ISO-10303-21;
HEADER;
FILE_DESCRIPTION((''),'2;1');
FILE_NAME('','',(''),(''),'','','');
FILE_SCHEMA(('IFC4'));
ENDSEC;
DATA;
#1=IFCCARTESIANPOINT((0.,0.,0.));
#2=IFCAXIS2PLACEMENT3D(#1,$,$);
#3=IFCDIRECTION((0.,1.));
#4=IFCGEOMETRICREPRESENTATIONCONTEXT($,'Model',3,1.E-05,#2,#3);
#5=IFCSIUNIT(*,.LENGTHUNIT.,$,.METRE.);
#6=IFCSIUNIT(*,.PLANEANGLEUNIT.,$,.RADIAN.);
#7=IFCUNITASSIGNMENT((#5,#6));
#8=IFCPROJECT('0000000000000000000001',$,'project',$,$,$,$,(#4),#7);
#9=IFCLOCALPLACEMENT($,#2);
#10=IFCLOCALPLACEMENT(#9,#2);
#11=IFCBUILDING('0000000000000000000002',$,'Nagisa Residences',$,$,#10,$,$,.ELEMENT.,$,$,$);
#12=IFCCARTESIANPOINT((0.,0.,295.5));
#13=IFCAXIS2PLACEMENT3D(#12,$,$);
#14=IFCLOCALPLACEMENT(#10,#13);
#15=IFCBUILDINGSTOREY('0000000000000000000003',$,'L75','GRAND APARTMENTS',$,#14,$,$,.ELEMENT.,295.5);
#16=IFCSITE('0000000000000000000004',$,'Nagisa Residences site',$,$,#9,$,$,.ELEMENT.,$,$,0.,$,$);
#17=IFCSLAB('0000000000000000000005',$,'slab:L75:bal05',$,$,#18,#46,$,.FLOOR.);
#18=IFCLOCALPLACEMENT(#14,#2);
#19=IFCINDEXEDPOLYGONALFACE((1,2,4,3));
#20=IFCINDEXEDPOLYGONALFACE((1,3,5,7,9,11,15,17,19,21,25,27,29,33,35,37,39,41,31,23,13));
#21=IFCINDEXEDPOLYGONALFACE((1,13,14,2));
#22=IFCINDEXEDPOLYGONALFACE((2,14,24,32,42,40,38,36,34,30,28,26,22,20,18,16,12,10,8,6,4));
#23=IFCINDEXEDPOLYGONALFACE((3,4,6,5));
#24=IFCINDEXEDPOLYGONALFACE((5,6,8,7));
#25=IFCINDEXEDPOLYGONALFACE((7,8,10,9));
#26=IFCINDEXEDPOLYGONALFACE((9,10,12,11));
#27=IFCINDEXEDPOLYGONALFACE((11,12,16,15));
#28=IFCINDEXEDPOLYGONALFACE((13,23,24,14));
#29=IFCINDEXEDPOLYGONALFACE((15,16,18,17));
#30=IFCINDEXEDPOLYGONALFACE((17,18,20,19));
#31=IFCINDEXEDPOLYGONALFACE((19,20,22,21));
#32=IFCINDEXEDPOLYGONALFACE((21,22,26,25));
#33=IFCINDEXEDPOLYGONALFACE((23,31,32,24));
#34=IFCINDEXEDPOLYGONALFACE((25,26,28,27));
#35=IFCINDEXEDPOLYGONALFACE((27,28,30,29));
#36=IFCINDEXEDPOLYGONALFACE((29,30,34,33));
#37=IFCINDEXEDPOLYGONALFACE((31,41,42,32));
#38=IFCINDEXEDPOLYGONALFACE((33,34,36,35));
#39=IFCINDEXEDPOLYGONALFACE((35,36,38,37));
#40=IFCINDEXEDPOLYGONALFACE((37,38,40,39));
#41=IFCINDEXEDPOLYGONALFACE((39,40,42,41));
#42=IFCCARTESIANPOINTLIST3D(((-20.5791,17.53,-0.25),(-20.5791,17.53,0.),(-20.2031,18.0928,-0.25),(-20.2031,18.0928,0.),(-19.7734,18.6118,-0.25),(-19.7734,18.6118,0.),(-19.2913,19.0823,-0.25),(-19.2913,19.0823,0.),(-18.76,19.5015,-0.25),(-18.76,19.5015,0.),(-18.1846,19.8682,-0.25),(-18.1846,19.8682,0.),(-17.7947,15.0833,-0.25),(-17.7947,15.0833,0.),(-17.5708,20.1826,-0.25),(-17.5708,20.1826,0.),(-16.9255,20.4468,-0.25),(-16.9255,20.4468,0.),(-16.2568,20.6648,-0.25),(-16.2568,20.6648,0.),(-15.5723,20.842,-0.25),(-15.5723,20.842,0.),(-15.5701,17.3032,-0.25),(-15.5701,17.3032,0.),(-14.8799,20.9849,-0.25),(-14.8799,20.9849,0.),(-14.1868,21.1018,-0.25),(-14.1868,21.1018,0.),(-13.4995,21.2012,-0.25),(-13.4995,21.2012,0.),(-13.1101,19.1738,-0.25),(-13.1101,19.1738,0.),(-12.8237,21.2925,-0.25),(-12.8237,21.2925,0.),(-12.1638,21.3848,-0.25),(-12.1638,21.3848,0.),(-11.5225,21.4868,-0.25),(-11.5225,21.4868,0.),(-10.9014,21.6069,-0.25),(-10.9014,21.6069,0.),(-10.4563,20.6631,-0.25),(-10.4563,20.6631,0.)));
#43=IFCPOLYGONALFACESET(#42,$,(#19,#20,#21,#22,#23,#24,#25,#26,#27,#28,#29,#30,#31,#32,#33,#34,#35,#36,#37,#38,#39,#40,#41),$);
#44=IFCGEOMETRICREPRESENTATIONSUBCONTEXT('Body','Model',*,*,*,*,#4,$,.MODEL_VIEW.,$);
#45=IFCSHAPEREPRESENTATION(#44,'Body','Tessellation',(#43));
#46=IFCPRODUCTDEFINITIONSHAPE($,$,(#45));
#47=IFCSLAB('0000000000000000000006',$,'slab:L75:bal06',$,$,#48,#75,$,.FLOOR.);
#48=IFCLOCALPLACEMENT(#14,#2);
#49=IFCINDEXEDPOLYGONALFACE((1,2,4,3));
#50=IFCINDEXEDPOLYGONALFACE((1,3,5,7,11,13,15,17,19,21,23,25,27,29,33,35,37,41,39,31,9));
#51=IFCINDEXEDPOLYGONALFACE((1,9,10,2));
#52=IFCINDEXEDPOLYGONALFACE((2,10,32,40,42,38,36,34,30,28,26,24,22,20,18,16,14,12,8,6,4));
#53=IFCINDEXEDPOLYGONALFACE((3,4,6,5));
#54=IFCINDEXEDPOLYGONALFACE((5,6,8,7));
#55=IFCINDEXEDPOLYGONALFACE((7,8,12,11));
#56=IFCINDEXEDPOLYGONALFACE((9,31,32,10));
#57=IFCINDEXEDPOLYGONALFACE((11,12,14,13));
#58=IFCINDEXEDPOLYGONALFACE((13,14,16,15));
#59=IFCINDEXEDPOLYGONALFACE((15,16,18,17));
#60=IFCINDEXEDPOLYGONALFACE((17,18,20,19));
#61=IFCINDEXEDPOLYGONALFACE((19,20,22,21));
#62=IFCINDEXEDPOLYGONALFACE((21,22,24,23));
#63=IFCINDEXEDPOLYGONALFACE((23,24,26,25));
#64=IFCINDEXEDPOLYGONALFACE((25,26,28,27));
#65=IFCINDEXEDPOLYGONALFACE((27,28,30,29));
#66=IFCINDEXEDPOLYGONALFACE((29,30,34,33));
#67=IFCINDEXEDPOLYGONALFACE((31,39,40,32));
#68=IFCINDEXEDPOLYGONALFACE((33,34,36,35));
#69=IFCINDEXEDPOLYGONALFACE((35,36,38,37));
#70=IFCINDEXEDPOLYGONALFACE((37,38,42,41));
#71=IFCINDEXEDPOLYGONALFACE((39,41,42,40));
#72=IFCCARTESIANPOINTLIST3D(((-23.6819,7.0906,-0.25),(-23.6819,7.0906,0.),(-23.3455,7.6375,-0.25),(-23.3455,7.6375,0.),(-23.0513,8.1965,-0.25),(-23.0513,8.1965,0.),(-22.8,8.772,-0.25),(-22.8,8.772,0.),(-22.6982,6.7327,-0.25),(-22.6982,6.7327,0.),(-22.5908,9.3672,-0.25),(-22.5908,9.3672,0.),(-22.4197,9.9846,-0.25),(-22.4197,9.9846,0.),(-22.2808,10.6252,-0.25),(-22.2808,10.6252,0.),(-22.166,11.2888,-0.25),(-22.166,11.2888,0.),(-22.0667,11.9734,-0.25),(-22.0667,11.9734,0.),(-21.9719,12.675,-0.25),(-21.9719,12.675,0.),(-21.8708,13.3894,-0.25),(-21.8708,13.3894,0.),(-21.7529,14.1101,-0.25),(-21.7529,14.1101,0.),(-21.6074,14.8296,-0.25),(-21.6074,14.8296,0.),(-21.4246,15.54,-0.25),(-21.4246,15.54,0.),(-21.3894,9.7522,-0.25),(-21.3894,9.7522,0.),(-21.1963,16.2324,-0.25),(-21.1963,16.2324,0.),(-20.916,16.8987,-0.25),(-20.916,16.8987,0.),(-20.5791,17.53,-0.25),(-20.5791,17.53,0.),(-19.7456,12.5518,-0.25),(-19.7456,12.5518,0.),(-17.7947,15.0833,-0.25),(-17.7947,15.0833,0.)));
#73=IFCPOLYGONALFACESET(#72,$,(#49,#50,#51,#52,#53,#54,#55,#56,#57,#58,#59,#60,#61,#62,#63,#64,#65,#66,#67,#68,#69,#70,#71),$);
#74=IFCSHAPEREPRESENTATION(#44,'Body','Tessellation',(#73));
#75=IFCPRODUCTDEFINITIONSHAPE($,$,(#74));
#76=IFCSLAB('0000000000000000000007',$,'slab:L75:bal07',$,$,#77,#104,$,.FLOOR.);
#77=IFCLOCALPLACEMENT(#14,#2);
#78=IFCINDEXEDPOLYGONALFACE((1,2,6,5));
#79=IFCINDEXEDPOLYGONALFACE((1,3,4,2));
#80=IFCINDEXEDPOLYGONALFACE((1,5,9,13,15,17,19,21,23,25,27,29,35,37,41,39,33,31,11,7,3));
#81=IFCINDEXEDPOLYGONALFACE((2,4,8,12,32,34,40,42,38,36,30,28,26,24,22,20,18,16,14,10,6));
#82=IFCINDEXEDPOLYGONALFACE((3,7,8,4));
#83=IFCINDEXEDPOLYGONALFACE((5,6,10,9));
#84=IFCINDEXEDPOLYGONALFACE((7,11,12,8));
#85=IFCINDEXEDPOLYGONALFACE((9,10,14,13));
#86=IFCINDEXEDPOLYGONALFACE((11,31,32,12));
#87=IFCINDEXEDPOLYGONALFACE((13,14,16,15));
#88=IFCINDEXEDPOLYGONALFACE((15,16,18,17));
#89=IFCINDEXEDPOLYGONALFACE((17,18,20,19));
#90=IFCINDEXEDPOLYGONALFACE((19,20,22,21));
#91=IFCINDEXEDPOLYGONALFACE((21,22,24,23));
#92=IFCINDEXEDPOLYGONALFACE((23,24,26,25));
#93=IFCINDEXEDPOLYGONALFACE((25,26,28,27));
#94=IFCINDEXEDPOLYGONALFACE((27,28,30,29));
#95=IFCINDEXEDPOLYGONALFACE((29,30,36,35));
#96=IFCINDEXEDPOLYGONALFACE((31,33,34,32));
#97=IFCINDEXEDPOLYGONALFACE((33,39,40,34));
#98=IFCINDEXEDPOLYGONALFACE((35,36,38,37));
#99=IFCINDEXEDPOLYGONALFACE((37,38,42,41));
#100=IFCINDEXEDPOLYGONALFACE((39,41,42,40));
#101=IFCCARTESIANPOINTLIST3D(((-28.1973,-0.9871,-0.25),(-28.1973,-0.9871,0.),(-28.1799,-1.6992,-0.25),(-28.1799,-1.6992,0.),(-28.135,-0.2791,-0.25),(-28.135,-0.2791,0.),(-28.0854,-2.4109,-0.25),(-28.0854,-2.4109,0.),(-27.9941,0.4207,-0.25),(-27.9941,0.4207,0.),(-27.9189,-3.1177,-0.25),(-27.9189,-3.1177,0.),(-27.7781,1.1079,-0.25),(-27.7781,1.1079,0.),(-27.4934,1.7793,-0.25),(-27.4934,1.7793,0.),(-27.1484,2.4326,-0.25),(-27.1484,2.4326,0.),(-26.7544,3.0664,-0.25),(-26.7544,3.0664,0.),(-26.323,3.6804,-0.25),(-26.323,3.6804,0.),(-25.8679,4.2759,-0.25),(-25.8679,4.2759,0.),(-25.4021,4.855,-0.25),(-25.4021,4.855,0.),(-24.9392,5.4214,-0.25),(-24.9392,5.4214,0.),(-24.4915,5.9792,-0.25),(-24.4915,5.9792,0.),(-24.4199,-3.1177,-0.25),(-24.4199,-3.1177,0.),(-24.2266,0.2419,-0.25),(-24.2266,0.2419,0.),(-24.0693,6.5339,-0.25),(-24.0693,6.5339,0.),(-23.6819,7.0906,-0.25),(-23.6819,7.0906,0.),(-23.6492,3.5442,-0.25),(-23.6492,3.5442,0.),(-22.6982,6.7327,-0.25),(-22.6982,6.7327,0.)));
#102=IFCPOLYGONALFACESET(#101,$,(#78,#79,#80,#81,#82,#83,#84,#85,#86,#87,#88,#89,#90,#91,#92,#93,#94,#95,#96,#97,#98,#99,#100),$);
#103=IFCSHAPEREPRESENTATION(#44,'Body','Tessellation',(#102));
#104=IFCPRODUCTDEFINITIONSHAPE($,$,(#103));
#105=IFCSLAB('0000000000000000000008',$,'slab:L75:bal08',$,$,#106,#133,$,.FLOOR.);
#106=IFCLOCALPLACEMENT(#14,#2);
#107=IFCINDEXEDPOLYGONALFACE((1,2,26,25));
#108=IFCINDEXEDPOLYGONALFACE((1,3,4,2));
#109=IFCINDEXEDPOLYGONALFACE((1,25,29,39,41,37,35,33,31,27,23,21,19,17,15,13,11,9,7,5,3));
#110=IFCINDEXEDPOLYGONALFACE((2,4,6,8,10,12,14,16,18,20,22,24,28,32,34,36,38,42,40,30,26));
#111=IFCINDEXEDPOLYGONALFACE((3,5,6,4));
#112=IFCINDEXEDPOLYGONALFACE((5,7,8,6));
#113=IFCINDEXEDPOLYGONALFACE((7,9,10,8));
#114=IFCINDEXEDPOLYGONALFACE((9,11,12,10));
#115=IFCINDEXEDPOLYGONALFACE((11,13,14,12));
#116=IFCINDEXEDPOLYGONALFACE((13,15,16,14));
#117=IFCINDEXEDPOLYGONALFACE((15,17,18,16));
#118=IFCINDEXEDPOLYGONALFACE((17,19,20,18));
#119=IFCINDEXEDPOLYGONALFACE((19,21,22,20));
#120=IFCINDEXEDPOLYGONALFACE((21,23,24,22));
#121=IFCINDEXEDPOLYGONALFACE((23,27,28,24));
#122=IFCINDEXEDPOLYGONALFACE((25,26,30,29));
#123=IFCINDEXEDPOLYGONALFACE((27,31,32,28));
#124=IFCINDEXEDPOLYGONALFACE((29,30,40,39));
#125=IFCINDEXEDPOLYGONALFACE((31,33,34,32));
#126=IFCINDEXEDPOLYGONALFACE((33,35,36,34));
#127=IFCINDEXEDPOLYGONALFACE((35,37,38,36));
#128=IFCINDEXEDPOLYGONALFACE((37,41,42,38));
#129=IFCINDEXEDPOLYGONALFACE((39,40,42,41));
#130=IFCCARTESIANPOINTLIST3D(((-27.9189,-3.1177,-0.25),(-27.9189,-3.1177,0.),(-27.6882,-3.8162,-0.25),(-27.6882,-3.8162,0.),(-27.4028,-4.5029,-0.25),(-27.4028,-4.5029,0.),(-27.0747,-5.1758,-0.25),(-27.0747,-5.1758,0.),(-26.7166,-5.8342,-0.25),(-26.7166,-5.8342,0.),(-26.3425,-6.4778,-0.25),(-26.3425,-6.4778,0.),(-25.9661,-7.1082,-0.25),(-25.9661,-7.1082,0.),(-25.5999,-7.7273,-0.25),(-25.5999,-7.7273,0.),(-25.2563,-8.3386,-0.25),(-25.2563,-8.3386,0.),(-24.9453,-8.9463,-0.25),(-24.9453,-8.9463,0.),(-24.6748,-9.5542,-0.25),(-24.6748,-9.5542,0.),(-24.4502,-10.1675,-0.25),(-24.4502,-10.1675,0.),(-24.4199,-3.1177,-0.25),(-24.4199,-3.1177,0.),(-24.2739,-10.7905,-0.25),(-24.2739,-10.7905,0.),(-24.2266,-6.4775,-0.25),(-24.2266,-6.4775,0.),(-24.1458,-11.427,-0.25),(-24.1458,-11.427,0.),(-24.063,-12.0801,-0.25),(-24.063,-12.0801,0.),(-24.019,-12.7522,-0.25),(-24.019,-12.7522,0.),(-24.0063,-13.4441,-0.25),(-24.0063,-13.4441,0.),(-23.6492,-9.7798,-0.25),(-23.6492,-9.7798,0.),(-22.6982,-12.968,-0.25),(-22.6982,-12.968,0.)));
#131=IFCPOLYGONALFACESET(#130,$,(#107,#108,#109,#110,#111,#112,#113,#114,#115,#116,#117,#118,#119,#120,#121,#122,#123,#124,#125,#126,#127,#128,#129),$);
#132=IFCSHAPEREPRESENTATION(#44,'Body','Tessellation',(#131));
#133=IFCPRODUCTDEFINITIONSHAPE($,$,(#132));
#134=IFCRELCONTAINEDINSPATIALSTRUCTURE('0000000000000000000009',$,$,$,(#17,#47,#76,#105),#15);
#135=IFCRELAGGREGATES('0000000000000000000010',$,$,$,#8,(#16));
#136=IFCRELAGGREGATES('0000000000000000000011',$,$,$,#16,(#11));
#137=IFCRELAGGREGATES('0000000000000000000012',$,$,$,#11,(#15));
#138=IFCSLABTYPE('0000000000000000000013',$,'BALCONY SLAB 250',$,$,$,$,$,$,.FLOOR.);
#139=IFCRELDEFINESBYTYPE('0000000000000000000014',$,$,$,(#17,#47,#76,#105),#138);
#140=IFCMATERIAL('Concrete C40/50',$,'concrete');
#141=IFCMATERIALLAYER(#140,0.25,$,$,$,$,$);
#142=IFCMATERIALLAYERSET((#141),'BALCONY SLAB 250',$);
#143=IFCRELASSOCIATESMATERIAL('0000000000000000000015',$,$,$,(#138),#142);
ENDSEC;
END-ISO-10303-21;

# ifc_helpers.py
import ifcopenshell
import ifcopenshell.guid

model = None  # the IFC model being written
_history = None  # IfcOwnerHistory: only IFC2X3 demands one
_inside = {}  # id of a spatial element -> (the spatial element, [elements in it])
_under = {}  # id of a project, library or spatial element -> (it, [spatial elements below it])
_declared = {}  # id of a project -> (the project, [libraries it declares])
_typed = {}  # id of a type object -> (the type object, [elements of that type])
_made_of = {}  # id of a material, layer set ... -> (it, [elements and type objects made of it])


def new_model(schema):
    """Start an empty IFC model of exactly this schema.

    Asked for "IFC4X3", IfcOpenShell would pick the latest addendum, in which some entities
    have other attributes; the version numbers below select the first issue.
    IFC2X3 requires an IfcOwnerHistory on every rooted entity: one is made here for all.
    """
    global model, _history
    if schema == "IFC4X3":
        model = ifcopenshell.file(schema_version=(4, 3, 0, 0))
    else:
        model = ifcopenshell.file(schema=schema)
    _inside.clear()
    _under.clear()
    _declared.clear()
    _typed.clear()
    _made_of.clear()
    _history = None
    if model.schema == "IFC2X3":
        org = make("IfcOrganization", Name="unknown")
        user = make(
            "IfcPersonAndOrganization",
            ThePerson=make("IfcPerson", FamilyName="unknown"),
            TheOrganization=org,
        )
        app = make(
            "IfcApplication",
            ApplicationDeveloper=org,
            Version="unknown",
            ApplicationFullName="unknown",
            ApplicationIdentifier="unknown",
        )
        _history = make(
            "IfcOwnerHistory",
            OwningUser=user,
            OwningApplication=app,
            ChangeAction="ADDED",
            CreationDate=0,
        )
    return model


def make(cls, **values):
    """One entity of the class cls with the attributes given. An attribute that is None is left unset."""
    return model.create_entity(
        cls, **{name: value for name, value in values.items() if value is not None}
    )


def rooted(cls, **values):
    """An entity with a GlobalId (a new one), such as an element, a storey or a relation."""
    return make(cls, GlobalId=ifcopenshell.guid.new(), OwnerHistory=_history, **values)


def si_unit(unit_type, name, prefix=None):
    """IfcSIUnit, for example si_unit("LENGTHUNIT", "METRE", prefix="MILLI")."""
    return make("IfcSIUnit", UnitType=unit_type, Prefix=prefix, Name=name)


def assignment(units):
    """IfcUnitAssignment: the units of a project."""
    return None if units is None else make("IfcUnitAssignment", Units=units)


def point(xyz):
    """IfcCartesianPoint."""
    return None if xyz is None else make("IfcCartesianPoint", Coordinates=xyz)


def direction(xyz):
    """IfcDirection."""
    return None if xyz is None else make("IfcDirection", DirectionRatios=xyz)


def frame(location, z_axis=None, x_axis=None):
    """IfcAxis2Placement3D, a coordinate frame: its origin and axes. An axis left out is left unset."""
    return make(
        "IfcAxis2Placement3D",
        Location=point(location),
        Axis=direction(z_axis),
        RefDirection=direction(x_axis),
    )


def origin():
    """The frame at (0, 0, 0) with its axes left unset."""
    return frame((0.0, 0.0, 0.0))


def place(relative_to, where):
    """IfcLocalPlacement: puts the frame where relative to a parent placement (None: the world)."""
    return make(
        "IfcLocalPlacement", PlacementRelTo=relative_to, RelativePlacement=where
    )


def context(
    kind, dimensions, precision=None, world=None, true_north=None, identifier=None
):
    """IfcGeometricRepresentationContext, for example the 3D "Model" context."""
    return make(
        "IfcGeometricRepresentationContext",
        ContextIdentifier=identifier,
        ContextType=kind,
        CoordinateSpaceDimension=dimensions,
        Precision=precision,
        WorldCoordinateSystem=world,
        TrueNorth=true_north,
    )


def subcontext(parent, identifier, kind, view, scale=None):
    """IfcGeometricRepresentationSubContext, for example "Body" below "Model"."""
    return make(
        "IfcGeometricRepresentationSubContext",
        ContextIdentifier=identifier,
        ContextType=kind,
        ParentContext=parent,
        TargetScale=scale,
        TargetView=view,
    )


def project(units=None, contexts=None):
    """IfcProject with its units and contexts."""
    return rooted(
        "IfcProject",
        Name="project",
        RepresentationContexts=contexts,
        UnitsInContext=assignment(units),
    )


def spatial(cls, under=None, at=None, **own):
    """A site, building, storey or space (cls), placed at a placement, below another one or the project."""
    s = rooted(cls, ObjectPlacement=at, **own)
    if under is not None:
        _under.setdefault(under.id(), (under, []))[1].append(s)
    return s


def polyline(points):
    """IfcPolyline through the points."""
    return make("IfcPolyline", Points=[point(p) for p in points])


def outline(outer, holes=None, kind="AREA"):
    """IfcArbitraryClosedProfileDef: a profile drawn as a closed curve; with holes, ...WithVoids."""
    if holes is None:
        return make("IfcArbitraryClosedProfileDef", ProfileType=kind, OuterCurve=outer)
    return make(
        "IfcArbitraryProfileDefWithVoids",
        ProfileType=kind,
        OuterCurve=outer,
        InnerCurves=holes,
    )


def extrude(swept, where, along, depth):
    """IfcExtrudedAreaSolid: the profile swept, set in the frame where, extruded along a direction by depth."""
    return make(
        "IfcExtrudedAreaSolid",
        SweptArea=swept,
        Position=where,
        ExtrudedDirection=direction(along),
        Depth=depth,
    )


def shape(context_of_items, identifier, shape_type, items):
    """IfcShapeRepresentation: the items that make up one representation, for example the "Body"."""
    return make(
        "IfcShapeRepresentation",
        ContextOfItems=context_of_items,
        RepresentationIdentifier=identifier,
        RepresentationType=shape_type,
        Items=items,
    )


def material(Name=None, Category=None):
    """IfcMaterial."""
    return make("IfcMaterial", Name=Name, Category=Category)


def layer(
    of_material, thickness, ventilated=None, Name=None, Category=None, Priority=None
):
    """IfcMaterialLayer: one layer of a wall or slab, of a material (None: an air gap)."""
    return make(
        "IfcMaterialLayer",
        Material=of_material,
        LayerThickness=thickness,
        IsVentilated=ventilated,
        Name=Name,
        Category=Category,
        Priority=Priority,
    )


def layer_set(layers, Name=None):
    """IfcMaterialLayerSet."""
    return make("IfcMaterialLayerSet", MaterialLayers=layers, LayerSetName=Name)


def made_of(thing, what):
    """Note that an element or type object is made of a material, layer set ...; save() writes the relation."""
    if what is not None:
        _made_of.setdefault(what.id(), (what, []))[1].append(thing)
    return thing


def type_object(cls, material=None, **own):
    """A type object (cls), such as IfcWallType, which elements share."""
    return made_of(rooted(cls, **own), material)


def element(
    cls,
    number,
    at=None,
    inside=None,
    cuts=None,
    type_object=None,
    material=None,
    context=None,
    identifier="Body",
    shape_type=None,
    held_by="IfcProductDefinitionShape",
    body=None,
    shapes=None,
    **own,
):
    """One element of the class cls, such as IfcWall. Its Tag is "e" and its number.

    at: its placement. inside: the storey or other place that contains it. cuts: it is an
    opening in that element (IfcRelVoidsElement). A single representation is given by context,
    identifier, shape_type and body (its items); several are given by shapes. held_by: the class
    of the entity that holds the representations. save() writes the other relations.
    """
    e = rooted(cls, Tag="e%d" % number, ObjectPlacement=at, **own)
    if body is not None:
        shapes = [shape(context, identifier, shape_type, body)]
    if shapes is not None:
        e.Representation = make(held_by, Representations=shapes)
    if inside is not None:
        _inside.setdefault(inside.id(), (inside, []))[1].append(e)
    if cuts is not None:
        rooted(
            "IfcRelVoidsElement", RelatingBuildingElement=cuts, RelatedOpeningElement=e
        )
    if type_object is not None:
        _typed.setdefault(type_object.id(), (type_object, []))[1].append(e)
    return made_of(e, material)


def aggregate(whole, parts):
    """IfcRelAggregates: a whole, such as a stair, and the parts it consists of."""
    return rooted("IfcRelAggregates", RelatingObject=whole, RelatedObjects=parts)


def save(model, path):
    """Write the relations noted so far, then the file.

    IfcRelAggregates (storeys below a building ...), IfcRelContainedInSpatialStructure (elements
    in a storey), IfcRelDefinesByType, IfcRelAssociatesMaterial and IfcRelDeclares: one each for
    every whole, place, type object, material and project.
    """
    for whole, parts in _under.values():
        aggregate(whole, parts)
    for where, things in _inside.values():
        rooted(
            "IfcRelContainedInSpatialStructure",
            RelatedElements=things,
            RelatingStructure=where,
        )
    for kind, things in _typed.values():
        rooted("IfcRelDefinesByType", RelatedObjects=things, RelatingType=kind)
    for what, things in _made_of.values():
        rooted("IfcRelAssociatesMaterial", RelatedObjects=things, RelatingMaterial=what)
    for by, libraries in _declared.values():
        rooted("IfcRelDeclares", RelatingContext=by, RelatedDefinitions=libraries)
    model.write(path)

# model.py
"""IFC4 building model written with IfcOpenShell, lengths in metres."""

from ifc_helpers import new_model, si_unit, direction, frame, origin, place, context, subcontext, project, spatial, polyline, outline, extrude, material, layer, layer_set, type_object, element, save


model = new_model("IFC4")

# Units and contexts
model_context = context("Model", 3, precision=1e-05, world=origin(), true_north=direction((0.0, 1.0)))
body_context = subcontext(model_context, "Body", "Model", "MODEL_VIEW")
ifc_project = project(units=[si_unit("LENGTHUNIT", "METRE"), si_unit("PLANEANGLEUNIT", "RADIAN")], contexts=[model_context])

# Site, building, storey
site_placement = place(None, origin())
site = spatial("IfcSite", under=ifc_project, at=site_placement, Name="Nagisa Residences site", CompositionType="ELEMENT", RefElevation=0.0)
building_placement = place(site_placement, origin())
building = spatial("IfcBuilding", under=site, at=building_placement, Name="Nagisa Residences", CompositionType="ELEMENT")
storey_placement = place(building_placement, frame((0.0, 0.0, 295.5)))
storey = spatial("IfcBuildingStorey", under=building, at=storey_placement, Name="L75", Description="GRAND APARTMENTS", CompositionType="ELEMENT", Elevation=295.5)

# Slabs
ifc_material_1 = material(Name="Concrete C40/50", Category="concrete")
ifc_layer_1 = layer(ifc_material_1, 0.25)
ifc_layer_set_1 = layer_set([ifc_layer_1], Name="BALCONY SLAB 250")
slab_type_1 = type_object("IfcSlabType", Name="BALCONY SLAB 250", PredefinedType="FLOOR", material=ifc_layer_set_1)
slab_1_placement = place(storey_placement, frame((0.0, 0.0, -0.25)))
element("IfcSlab", 1, at=slab_1_placement, inside=storey, type_object=slab_type_1, Name="slab:L75:bal05", PredefinedType="FLOOR", context=body_context, shape_type="SweptSolid", body=[
    extrude(outline(polyline([(-10.9014, 21.6069), (-11.5225, 21.4868), (-12.1638, 21.3848), (-12.8237, 21.2925), (-13.4995, 21.2012), (-14.1868, 21.1018), (-14.8799, 20.9849), (-15.5723, 20.842), (-16.2568, 20.6648), (-16.9255, 20.4468), (-17.5708, 20.1826), (-18.1846, 19.8682), (-18.76, 19.5015), (-19.2913, 19.0823), (-19.7734, 18.6118), (-20.2031, 18.0928), (-20.5791, 17.53), (-17.7947, 15.0833), (-15.5701, 17.3032), (-13.1101, 19.1738), (-10.4563, 20.6631), (-10.9014, 21.6069)])), origin(), (0.0, 0.0, 1.0), 0.25),
])
slab_2_placement = place(storey_placement, frame((0.0, 0.0, -0.25)))
element("IfcSlab", 2, at=slab_2_placement, inside=storey, type_object=slab_type_1, Name="slab:L75:bal06", PredefinedType="FLOOR", context=body_context, shape_type="SweptSolid", body=[
    extrude(outline(polyline([(-20.5791, 17.53), (-20.916, 16.8987), (-21.1963, 16.2324), (-21.4246, 15.54), (-21.6074, 14.8296), (-21.7529, 14.1101), (-21.8708, 13.3894), (-21.9719, 12.675), (-22.0667, 11.9734), (-22.166, 11.2888), (-22.2808, 10.6252), (-22.4197, 9.9846), (-22.5908, 9.3672), (-22.8, 8.772), (-23.0513, 8.1965), (-23.3455, 7.6375), (-23.6819, 7.0906), (-22.6982, 6.7327), (-21.3894, 9.7522), (-19.7456, 12.5518), (-17.7947, 15.0833), (-20.5791, 17.53)])), origin(), (0.0, 0.0, 1.0), 0.25),
])
slab_3_placement = place(storey_placement, frame((0.0, 0.0, -0.25)))
element("IfcSlab", 3, at=slab_3_placement, inside=storey, type_object=slab_type_1, Name="slab:L75:bal07", PredefinedType="FLOOR", context=body_context, shape_type="SweptSolid", body=[
    extrude(outline(polyline([(-23.6819, 7.0906), (-24.0693, 6.5339), (-24.4915, 5.9792), (-24.9392, 5.4214), (-25.4021, 4.855), (-25.8679, 4.2759), (-26.323, 3.6804), (-26.7544, 3.0664), (-27.1484, 2.4326), (-27.4934, 1.7793), (-27.7781, 1.1079), (-27.9941, 0.4207), (-28.135, -0.2791), (-28.1973, -0.9871), (-28.1799, -1.6992), (-28.0854, -2.4109), (-27.9189, -3.1177), (-24.4199, -3.1177), (-24.2266, 0.2419), (-23.6492, 3.5442), (-22.6982, 6.7327), (-23.6819, 7.0906)])), origin(), (0.0, 0.0, 1.0), 0.25),
])
slab_4_placement = place(storey_placement, frame((0.0, 0.0, -0.25)))
element("IfcSlab", 4, at=slab_4_placement, inside=storey, type_object=slab_type_1, Name="slab:L75:bal08", PredefinedType="FLOOR", context=body_context, shape_type="SweptSolid", body=[
    extrude(outline(polyline([(-27.9189, -3.1177), (-27.6882, -3.8162), (-27.4028, -4.5029), (-27.0747, -5.1758), (-26.7166, -5.8342), (-26.3425, -6.4778), (-25.9661, -7.1082), (-25.5999, -7.7273), (-25.2563, -8.3386), (-24.9453, -8.9463), (-24.6748, -9.5542), (-24.4502, -10.1675), (-24.2739, -10.7905), (-24.1458, -11.427), (-24.063, -12.0801), (-24.019, -12.7522), (-24.0063, -13.4441), (-22.6982, -12.968), (-23.6492, -9.7798), (-24.2266, -6.4775), (-24.4199, -3.1177), (-27.9189, -3.1177)])), origin(), (0.0, 0.0, 1.0), 0.25),
])

save(model, "model.ifc")
